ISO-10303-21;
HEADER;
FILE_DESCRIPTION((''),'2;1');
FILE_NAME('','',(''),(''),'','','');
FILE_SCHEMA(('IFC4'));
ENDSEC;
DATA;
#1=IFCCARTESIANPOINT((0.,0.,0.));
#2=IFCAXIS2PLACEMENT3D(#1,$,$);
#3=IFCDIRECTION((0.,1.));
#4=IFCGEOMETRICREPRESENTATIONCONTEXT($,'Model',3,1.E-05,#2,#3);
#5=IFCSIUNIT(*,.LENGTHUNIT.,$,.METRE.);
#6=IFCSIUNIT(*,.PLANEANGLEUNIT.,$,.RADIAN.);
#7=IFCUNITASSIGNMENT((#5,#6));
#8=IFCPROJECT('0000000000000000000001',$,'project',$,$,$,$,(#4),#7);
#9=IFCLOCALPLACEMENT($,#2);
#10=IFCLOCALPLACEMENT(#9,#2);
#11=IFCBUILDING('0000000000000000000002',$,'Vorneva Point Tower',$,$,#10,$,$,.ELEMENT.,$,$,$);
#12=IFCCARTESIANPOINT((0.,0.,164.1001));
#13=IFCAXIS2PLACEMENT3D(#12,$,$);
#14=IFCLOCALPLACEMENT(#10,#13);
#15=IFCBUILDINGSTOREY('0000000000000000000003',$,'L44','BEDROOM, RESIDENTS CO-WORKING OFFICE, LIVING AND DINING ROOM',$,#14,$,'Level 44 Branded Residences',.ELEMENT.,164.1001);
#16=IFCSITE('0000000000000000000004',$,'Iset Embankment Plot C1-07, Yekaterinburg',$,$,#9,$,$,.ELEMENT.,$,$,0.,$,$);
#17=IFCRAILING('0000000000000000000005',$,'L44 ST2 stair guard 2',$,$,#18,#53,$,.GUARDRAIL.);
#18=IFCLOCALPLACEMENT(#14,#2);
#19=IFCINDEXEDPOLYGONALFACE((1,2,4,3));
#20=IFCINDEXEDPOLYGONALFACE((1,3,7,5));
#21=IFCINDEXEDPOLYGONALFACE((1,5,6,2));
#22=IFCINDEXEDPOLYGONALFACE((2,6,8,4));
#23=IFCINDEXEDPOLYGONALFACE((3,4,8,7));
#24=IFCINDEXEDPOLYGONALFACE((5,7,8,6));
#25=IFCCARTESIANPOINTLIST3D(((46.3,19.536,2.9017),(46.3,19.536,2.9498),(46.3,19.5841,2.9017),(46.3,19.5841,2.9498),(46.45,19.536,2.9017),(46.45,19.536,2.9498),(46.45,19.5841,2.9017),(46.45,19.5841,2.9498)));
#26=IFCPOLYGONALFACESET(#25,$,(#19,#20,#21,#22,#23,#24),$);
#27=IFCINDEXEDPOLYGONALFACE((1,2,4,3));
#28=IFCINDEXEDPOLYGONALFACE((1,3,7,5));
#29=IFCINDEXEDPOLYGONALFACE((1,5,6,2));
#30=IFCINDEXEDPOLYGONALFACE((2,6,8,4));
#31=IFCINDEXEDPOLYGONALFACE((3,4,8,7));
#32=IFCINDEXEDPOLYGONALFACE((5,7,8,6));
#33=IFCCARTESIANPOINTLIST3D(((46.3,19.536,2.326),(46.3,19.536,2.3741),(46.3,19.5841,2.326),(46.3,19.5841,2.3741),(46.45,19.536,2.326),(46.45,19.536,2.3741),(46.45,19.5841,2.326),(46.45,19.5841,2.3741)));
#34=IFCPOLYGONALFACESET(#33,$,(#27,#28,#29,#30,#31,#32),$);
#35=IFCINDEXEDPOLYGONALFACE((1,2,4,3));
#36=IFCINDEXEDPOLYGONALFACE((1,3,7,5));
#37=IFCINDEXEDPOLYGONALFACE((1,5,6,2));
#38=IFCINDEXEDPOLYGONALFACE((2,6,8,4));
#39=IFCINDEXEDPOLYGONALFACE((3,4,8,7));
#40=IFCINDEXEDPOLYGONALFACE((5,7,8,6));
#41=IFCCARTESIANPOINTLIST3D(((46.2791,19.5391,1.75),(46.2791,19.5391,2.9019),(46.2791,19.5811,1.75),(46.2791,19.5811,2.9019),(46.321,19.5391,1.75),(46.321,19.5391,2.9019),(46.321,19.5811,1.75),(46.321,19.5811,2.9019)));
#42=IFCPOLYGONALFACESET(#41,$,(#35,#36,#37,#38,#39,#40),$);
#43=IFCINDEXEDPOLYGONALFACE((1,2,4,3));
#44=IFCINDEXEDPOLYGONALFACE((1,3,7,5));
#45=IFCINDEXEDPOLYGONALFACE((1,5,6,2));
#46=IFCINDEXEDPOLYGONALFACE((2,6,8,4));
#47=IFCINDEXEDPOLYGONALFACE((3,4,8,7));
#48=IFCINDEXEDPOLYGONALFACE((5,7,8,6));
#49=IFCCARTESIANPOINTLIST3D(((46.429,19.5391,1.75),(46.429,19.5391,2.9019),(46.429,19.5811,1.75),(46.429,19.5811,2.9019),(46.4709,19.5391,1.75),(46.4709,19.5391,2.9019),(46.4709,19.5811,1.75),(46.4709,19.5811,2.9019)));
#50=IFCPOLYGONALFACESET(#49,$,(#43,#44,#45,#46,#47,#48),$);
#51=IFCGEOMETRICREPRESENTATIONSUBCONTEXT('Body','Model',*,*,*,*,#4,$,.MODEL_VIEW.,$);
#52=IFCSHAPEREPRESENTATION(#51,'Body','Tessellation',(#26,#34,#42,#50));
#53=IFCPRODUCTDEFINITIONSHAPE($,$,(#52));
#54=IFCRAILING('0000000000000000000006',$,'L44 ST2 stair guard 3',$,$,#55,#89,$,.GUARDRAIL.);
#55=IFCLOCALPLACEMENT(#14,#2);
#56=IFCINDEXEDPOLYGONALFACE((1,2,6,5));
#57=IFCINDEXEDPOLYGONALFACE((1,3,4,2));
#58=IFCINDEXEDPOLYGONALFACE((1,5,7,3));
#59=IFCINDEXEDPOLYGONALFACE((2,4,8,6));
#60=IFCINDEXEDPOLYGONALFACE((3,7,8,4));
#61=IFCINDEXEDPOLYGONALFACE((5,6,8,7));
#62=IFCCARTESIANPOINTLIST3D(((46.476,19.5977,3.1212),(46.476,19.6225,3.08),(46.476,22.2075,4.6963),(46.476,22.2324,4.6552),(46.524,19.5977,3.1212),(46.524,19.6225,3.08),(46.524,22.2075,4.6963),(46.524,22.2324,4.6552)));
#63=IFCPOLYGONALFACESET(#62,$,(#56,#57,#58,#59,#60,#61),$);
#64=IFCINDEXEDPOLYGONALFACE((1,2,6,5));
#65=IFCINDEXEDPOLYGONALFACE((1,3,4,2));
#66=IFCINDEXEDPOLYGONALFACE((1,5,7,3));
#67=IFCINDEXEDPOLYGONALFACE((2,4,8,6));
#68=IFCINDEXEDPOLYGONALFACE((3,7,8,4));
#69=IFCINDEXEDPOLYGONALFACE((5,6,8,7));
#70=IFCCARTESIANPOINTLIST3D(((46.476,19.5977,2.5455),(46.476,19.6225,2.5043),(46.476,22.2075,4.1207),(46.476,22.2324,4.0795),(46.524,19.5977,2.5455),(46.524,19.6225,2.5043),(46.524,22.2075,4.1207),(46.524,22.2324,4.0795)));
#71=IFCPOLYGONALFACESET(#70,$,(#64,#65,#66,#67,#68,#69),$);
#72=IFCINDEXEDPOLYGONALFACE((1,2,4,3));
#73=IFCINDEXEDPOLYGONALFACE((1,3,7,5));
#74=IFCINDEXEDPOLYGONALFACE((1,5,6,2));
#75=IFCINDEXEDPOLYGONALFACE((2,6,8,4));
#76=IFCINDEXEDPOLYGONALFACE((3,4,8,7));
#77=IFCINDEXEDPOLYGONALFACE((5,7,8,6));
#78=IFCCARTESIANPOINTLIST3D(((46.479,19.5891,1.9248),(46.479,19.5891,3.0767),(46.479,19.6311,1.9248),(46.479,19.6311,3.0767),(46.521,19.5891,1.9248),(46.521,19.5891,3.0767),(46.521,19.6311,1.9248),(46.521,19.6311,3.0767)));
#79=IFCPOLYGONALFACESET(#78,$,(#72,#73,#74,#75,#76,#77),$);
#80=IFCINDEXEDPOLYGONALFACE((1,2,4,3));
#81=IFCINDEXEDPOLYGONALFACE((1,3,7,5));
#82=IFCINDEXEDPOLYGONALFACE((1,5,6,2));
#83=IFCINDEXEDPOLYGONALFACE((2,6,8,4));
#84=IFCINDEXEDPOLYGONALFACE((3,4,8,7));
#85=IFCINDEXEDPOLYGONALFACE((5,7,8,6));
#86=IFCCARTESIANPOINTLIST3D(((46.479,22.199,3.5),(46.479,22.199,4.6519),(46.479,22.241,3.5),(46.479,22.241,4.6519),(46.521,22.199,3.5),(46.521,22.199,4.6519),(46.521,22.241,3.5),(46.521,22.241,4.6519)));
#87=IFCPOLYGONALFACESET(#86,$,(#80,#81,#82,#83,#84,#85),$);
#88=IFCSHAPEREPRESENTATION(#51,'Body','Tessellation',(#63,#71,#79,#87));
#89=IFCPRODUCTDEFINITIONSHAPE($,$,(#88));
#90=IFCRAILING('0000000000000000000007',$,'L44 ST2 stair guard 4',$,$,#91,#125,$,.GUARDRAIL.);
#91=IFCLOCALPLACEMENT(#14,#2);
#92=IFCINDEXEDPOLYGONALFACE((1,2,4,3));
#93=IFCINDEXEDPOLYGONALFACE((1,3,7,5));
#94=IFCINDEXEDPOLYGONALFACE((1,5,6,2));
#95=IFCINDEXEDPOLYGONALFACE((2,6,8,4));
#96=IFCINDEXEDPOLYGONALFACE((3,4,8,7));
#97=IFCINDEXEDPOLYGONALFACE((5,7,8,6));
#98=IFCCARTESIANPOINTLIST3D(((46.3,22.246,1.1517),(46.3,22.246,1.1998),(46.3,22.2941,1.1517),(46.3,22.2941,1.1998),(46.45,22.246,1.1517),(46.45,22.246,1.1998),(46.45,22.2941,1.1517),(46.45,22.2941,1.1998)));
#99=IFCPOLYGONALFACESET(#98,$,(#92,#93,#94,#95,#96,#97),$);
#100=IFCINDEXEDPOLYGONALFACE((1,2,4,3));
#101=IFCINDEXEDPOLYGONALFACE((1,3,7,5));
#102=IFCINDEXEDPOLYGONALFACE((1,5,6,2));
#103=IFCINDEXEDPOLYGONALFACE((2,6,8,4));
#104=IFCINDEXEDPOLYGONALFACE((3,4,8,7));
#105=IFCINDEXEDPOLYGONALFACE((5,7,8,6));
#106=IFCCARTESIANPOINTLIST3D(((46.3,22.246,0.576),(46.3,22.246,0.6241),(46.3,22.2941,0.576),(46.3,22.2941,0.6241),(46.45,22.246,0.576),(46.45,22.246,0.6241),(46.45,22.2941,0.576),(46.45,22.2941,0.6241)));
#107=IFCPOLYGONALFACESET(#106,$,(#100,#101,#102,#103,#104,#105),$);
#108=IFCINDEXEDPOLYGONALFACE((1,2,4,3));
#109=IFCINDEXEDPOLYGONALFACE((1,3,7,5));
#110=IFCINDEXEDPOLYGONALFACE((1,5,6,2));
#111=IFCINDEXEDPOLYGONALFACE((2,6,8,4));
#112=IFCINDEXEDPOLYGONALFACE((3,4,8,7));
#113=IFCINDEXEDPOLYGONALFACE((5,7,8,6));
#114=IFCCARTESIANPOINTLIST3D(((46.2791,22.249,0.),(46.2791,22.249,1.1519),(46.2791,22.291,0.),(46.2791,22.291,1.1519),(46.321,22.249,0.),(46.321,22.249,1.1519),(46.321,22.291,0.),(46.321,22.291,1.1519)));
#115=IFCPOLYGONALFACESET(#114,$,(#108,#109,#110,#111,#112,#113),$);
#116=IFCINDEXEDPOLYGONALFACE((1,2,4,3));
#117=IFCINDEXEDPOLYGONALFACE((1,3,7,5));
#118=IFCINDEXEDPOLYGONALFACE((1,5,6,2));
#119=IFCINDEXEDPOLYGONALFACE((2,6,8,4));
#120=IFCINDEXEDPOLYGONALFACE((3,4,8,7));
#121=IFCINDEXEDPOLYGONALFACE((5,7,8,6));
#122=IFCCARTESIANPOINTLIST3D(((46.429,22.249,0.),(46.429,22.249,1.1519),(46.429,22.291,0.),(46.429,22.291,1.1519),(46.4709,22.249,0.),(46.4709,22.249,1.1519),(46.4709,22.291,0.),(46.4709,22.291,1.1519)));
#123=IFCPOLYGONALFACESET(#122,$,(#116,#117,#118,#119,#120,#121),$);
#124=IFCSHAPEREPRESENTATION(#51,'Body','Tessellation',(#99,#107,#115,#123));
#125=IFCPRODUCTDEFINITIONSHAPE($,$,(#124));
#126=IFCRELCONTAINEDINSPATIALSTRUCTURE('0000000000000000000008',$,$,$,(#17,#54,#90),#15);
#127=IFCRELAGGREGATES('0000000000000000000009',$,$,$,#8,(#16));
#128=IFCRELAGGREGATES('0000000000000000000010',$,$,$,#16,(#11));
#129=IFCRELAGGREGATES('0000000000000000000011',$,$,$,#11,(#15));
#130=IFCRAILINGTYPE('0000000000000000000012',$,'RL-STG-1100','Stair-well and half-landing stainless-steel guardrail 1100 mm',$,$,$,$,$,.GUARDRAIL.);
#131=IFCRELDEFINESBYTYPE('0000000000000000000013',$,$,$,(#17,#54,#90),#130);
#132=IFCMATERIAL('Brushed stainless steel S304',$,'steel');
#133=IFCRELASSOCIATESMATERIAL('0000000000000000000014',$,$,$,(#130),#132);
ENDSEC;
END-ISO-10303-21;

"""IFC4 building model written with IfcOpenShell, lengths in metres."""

from ifc_helpers import new_model, si_unit, direction, frame, origin, origin_2d, place, context, subcontext, project, spatial, rectangle, extrude, material, type_object, element, save


model = new_model("IFC4")

# Units and contexts
model_context = context("Model", 3, precision=1e-05, world=origin(), true_north=direction((0.0, 1.0)))
body_context = subcontext(model_context, "Body", "Model", "MODEL_VIEW")
ifc_project = project(units=[si_unit("LENGTHUNIT", "METRE"), si_unit("PLANEANGLEUNIT", "RADIAN")], contexts=[model_context])

# Site, building, storey
site_placement = place(None, origin())
site = spatial("IfcSite", under=ifc_project, at=site_placement, Name="Iset Embankment Plot C1-07, Yekaterinburg", CompositionType="ELEMENT", RefElevation=0.0)
building_placement = place(site_placement, origin())
building = spatial("IfcBuilding", under=site, at=building_placement, Name="Vorneva Point Tower", CompositionType="ELEMENT")
storey_placement = place(building_placement, frame((0.0, 0.0, 164.1001)))
storey = spatial("IfcBuildingStorey", under=building, at=storey_placement, Name="L44", Description="BEDROOM, RESIDENTS CO-WORKING OFFICE, LIVING AND DINING ROOM", LongName="Level 44 Branded Residences", CompositionType="ELEMENT", Elevation=164.1001)

# Railings
ifc_material_1 = material(Name="Brushed stainless steel S304", Category="steel")
railing_type_1 = type_object("IfcRailingType", Name="RL-STG-1100", Description="Stair-well and half-landing stainless-steel guardrail 1100 mm", PredefinedType="GUARDRAIL", material=ifc_material_1)
railing_1_placement = place(storey_placement, frame((46.3, 19.5601, 1.75)))
element("IfcRailing", 1, at=railing_1_placement, inside=storey, type_object=railing_type_1, Name="L44 ST2 stair guard 2", PredefinedType="GUARDRAIL", context=body_context, shape_type="SweptSolid", body=[
    extrude(rectangle(XDim=0.0481, YDim=0.0481, at=origin_2d()), frame((0.0, 0.0, 1.1758), z_axis=(1.0, 0.0, 0.0), x_axis=(0.0, 1.0, 0.0)), (0.0, 0.0, 1.0), 0.1499),
    extrude(rectangle(XDim=0.0481, YDim=0.0481, at=origin_2d()), frame((0.0, 0.0, 0.6001), z_axis=(1.0, 0.0, 0.0), x_axis=(0.0, 1.0, 0.0)), (0.0, 0.0, 1.0), 0.1499),
    extrude(rectangle(XDim=0.042, YDim=0.042, at=origin_2d()), origin(), (0.0, 0.0, 1.0), 1.1519),
    extrude(rectangle(XDim=0.042, YDim=0.042, at=origin_2d()), frame((0.1499, 0.0, 0.0)), (0.0, 0.0, 1.0), 1.1519),
])
railing_2_placement = place(storey_placement, frame((46.5, 19.6101, 1.9248)))
element("IfcRailing", 2, at=railing_2_placement, inside=storey, type_object=railing_type_1, Name="L44 ST2 stair guard 3", PredefinedType="GUARDRAIL", context=body_context, shape_type="SweptSolid", body=[
    extrude(rectangle(XDim=0.0481, YDim=0.0481, at=origin_2d()), frame((0.0, 0.0, 1.1758), z_axis=(0.0, 0.856147, 0.516732), x_axis=(-1.0, 0.0, 0.0)), (0.0, 0.0, 1.0), 3.0483),
    extrude(rectangle(XDim=0.0481, YDim=0.0481, at=origin_2d()), frame((0.0, 0.0, 0.6001), z_axis=(0.0, 0.856147, 0.516732), x_axis=(-1.0, 0.0, 0.0)), (0.0, 0.0, 1.0), 3.0483),
    extrude(rectangle(XDim=0.042, YDim=0.042, at=origin_2d()), origin(), (0.0, 0.0, 1.0), 1.1519),
    extrude(rectangle(XDim=0.042, YDim=0.042, at=origin_2d()), frame((0.0, 2.6099, 1.5752)), (0.0, 0.0, 1.0), 1.1519),
])
railing_3_placement = place(storey_placement, frame((46.3, 22.27, 0.0)))
element("IfcRailing", 3, at=railing_3_placement, inside=storey, type_object=railing_type_1, Name="L44 ST2 stair guard 4", PredefinedType="GUARDRAIL", context=body_context, shape_type="SweptSolid", body=[
    extrude(rectangle(XDim=0.0481, YDim=0.0481, at=origin_2d()), frame((0.0, 0.0, 1.1758), z_axis=(1.0, 0.0, 0.0), x_axis=(0.0, 1.0, 0.0)), (0.0, 0.0, 1.0), 0.1499),
    extrude(rectangle(XDim=0.0481, YDim=0.0481, at=origin_2d()), frame((0.0, 0.0, 0.6001), z_axis=(1.0, 0.0, 0.0), x_axis=(0.0, 1.0, 0.0)), (0.0, 0.0, 1.0), 0.1499),
    extrude(rectangle(XDim=0.042, YDim=0.042, at=origin_2d()), origin(), (0.0, 0.0, 1.0), 1.1519),
    extrude(rectangle(XDim=0.042, YDim=0.042, at=origin_2d()), frame((0.1499, 0.0, 0.0)), (0.0, 0.0, 1.0), 1.1519),
])

save(model, "model.ifc")
